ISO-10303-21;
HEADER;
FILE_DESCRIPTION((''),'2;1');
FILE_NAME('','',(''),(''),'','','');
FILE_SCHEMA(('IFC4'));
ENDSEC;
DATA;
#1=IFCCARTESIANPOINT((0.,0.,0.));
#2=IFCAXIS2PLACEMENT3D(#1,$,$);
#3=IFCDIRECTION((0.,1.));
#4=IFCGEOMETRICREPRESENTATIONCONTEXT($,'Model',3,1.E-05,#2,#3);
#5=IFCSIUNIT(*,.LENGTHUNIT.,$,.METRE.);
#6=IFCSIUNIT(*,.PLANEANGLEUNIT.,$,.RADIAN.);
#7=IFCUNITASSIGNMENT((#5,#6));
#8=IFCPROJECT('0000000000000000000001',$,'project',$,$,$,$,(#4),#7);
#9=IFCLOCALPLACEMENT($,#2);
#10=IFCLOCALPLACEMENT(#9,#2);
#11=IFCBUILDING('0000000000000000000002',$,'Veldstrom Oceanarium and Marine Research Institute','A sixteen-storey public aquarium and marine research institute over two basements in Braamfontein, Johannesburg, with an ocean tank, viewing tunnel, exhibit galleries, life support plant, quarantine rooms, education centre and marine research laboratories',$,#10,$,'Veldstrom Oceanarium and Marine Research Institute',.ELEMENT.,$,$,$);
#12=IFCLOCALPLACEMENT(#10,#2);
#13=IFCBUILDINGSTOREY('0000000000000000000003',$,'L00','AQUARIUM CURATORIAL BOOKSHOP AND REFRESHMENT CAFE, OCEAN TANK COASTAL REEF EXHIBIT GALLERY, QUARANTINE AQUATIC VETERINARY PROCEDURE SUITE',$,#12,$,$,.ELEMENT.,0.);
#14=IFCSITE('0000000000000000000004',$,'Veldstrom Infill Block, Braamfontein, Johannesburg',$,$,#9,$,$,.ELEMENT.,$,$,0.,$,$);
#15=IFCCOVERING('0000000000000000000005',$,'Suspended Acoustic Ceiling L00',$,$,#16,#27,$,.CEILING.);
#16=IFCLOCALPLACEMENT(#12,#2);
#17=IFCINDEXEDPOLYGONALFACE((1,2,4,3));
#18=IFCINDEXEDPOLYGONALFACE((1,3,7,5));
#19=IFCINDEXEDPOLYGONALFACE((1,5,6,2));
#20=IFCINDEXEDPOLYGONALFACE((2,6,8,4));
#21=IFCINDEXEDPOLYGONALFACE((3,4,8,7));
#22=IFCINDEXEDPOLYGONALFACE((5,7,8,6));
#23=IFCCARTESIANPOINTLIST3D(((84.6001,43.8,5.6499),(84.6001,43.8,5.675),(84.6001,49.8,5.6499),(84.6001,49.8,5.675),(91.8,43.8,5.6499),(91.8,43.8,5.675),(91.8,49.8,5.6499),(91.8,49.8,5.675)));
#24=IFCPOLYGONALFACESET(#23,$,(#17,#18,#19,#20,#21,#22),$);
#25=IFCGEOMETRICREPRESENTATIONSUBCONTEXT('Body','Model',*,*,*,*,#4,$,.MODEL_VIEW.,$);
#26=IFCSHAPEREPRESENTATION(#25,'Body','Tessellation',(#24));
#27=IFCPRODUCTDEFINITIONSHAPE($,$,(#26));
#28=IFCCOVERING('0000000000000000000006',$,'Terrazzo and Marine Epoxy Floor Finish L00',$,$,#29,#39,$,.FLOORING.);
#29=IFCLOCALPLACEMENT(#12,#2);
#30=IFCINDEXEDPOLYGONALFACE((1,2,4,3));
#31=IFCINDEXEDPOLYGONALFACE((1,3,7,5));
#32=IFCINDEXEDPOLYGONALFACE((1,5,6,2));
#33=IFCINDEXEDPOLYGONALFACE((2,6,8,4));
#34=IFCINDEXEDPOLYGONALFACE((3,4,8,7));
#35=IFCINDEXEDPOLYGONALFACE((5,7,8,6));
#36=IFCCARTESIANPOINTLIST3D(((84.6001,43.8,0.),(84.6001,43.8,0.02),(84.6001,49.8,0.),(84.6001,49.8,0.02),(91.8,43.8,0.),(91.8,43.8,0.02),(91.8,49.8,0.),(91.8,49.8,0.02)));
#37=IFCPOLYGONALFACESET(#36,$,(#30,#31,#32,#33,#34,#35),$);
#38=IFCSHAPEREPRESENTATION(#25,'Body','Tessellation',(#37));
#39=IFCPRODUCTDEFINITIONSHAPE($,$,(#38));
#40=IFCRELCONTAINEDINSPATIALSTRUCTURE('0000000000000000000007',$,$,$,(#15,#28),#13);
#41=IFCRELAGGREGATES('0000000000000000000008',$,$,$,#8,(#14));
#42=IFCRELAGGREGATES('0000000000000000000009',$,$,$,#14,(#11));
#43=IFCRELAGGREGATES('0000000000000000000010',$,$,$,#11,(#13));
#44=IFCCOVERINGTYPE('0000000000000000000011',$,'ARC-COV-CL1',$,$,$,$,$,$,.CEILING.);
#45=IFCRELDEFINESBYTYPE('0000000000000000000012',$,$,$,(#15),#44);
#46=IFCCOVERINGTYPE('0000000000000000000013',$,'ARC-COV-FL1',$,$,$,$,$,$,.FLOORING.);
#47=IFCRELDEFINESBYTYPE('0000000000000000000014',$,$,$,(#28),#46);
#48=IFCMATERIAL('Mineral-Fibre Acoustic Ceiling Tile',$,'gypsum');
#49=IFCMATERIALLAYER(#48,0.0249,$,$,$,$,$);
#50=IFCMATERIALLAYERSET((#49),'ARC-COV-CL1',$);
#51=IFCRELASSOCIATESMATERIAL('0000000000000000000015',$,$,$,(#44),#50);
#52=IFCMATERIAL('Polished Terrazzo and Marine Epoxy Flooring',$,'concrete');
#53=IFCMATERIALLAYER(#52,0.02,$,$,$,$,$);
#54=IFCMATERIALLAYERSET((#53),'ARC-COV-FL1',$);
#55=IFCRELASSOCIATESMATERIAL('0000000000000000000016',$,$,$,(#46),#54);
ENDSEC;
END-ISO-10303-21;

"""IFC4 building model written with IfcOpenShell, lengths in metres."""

from ifc_helpers import new_model, si_unit, direction, frame, origin, place, context, subcontext, project, spatial, polyline, outline, extrude, material, layer, layer_set, type_object, element, save


model = new_model("IFC4")

# Units and contexts
model_context = context("Model", 3, precision=1e-05, world=origin(), true_north=direction((0.0, 1.0)))
body_context = subcontext(model_context, "Body", "Model", "MODEL_VIEW")
ifc_project = project(units=[si_unit("LENGTHUNIT", "METRE"), si_unit("PLANEANGLEUNIT", "RADIAN")], contexts=[model_context])

# Site, building, storey
site_placement = place(None, origin())
site = spatial("IfcSite", under=ifc_project, at=site_placement, Name="Veldstrom Infill Block, Braamfontein, Johannesburg", CompositionType="ELEMENT", RefElevation=0.0)
building_placement = place(site_placement, origin())
building = spatial("IfcBuilding", under=site, at=building_placement, Name="Veldstrom Oceanarium and Marine Research Institute", Description="A sixteen-storey public aquarium and marine research institute over two basements in Braamfontein, Johannesburg, with an ocean tank, viewing tunnel, exhibit galleries, life support plant, quarantine rooms, education centre and marine research laboratories", LongName="Veldstrom Oceanarium and Marine Research Institute", CompositionType="ELEMENT")
storey_placement = place(building_placement, origin())
storey = spatial("IfcBuildingStorey", under=building, at=storey_placement, Name="L00", Description="AQUARIUM CURATORIAL BOOKSHOP AND REFRESHMENT CAFE, OCEAN TANK COASTAL REEF EXHIBIT GALLERY, QUARANTINE AQUATIC VETERINARY PROCEDURE SUITE", CompositionType="ELEMENT", Elevation=0.0)

# Coverings
ifc_material_1 = material(Name="Mineral-Fibre Acoustic Ceiling Tile", Category="gypsum")
ifc_layer_1 = layer(ifc_material_1, 0.0249)
ifc_layer_set_1 = layer_set([ifc_layer_1], Name="ARC-COV-CL1")
covering_type_1 = type_object("IfcCoveringType", Name="ARC-COV-CL1", PredefinedType="CEILING", material=ifc_layer_set_1)
covering_1_placement = place(storey_placement, frame((0.0, 0.0, 5.6499)))
element("IfcCovering", 1, at=covering_1_placement, inside=storey, type_object=covering_type_1, Name="Suspended Acoustic Ceiling L00", PredefinedType="CEILING", context=body_context, shape_type="SweptSolid", body=[
    extrude(outline(polyline([(84.6001, 43.8), (91.8, 43.8), (91.8, 49.8), (84.6001, 49.8), (84.6001, 43.8)])), origin(), (0.0, 0.0, 1.0), 0.0251),
])
ifc_material_2 = material(Name="Polished Terrazzo and Marine Epoxy Flooring", Category="concrete")
ifc_layer_2 = layer(ifc_material_2, 0.02)
ifc_layer_set_2 = layer_set([ifc_layer_2], Name="ARC-COV-FL1")
covering_type_2 = type_object("IfcCoveringType", Name="ARC-COV-FL1", PredefinedType="FLOORING", material=ifc_layer_set_2)
covering_2_placement = place(storey_placement, origin())
element("IfcCovering", 2, at=covering_2_placement, inside=storey, type_object=covering_type_2, Name="Terrazzo and Marine Epoxy Floor Finish L00", PredefinedType="FLOORING", context=body_context, shape_type="SweptSolid", body=[
    extrude(outline(polyline([(84.6001, 43.8), (91.8, 43.8), (91.8, 49.8), (84.6001, 49.8), (84.6001, 43.8)])), origin(), (0.0, 0.0, 1.0), 0.02),
])

save(model, "model.ifc")
